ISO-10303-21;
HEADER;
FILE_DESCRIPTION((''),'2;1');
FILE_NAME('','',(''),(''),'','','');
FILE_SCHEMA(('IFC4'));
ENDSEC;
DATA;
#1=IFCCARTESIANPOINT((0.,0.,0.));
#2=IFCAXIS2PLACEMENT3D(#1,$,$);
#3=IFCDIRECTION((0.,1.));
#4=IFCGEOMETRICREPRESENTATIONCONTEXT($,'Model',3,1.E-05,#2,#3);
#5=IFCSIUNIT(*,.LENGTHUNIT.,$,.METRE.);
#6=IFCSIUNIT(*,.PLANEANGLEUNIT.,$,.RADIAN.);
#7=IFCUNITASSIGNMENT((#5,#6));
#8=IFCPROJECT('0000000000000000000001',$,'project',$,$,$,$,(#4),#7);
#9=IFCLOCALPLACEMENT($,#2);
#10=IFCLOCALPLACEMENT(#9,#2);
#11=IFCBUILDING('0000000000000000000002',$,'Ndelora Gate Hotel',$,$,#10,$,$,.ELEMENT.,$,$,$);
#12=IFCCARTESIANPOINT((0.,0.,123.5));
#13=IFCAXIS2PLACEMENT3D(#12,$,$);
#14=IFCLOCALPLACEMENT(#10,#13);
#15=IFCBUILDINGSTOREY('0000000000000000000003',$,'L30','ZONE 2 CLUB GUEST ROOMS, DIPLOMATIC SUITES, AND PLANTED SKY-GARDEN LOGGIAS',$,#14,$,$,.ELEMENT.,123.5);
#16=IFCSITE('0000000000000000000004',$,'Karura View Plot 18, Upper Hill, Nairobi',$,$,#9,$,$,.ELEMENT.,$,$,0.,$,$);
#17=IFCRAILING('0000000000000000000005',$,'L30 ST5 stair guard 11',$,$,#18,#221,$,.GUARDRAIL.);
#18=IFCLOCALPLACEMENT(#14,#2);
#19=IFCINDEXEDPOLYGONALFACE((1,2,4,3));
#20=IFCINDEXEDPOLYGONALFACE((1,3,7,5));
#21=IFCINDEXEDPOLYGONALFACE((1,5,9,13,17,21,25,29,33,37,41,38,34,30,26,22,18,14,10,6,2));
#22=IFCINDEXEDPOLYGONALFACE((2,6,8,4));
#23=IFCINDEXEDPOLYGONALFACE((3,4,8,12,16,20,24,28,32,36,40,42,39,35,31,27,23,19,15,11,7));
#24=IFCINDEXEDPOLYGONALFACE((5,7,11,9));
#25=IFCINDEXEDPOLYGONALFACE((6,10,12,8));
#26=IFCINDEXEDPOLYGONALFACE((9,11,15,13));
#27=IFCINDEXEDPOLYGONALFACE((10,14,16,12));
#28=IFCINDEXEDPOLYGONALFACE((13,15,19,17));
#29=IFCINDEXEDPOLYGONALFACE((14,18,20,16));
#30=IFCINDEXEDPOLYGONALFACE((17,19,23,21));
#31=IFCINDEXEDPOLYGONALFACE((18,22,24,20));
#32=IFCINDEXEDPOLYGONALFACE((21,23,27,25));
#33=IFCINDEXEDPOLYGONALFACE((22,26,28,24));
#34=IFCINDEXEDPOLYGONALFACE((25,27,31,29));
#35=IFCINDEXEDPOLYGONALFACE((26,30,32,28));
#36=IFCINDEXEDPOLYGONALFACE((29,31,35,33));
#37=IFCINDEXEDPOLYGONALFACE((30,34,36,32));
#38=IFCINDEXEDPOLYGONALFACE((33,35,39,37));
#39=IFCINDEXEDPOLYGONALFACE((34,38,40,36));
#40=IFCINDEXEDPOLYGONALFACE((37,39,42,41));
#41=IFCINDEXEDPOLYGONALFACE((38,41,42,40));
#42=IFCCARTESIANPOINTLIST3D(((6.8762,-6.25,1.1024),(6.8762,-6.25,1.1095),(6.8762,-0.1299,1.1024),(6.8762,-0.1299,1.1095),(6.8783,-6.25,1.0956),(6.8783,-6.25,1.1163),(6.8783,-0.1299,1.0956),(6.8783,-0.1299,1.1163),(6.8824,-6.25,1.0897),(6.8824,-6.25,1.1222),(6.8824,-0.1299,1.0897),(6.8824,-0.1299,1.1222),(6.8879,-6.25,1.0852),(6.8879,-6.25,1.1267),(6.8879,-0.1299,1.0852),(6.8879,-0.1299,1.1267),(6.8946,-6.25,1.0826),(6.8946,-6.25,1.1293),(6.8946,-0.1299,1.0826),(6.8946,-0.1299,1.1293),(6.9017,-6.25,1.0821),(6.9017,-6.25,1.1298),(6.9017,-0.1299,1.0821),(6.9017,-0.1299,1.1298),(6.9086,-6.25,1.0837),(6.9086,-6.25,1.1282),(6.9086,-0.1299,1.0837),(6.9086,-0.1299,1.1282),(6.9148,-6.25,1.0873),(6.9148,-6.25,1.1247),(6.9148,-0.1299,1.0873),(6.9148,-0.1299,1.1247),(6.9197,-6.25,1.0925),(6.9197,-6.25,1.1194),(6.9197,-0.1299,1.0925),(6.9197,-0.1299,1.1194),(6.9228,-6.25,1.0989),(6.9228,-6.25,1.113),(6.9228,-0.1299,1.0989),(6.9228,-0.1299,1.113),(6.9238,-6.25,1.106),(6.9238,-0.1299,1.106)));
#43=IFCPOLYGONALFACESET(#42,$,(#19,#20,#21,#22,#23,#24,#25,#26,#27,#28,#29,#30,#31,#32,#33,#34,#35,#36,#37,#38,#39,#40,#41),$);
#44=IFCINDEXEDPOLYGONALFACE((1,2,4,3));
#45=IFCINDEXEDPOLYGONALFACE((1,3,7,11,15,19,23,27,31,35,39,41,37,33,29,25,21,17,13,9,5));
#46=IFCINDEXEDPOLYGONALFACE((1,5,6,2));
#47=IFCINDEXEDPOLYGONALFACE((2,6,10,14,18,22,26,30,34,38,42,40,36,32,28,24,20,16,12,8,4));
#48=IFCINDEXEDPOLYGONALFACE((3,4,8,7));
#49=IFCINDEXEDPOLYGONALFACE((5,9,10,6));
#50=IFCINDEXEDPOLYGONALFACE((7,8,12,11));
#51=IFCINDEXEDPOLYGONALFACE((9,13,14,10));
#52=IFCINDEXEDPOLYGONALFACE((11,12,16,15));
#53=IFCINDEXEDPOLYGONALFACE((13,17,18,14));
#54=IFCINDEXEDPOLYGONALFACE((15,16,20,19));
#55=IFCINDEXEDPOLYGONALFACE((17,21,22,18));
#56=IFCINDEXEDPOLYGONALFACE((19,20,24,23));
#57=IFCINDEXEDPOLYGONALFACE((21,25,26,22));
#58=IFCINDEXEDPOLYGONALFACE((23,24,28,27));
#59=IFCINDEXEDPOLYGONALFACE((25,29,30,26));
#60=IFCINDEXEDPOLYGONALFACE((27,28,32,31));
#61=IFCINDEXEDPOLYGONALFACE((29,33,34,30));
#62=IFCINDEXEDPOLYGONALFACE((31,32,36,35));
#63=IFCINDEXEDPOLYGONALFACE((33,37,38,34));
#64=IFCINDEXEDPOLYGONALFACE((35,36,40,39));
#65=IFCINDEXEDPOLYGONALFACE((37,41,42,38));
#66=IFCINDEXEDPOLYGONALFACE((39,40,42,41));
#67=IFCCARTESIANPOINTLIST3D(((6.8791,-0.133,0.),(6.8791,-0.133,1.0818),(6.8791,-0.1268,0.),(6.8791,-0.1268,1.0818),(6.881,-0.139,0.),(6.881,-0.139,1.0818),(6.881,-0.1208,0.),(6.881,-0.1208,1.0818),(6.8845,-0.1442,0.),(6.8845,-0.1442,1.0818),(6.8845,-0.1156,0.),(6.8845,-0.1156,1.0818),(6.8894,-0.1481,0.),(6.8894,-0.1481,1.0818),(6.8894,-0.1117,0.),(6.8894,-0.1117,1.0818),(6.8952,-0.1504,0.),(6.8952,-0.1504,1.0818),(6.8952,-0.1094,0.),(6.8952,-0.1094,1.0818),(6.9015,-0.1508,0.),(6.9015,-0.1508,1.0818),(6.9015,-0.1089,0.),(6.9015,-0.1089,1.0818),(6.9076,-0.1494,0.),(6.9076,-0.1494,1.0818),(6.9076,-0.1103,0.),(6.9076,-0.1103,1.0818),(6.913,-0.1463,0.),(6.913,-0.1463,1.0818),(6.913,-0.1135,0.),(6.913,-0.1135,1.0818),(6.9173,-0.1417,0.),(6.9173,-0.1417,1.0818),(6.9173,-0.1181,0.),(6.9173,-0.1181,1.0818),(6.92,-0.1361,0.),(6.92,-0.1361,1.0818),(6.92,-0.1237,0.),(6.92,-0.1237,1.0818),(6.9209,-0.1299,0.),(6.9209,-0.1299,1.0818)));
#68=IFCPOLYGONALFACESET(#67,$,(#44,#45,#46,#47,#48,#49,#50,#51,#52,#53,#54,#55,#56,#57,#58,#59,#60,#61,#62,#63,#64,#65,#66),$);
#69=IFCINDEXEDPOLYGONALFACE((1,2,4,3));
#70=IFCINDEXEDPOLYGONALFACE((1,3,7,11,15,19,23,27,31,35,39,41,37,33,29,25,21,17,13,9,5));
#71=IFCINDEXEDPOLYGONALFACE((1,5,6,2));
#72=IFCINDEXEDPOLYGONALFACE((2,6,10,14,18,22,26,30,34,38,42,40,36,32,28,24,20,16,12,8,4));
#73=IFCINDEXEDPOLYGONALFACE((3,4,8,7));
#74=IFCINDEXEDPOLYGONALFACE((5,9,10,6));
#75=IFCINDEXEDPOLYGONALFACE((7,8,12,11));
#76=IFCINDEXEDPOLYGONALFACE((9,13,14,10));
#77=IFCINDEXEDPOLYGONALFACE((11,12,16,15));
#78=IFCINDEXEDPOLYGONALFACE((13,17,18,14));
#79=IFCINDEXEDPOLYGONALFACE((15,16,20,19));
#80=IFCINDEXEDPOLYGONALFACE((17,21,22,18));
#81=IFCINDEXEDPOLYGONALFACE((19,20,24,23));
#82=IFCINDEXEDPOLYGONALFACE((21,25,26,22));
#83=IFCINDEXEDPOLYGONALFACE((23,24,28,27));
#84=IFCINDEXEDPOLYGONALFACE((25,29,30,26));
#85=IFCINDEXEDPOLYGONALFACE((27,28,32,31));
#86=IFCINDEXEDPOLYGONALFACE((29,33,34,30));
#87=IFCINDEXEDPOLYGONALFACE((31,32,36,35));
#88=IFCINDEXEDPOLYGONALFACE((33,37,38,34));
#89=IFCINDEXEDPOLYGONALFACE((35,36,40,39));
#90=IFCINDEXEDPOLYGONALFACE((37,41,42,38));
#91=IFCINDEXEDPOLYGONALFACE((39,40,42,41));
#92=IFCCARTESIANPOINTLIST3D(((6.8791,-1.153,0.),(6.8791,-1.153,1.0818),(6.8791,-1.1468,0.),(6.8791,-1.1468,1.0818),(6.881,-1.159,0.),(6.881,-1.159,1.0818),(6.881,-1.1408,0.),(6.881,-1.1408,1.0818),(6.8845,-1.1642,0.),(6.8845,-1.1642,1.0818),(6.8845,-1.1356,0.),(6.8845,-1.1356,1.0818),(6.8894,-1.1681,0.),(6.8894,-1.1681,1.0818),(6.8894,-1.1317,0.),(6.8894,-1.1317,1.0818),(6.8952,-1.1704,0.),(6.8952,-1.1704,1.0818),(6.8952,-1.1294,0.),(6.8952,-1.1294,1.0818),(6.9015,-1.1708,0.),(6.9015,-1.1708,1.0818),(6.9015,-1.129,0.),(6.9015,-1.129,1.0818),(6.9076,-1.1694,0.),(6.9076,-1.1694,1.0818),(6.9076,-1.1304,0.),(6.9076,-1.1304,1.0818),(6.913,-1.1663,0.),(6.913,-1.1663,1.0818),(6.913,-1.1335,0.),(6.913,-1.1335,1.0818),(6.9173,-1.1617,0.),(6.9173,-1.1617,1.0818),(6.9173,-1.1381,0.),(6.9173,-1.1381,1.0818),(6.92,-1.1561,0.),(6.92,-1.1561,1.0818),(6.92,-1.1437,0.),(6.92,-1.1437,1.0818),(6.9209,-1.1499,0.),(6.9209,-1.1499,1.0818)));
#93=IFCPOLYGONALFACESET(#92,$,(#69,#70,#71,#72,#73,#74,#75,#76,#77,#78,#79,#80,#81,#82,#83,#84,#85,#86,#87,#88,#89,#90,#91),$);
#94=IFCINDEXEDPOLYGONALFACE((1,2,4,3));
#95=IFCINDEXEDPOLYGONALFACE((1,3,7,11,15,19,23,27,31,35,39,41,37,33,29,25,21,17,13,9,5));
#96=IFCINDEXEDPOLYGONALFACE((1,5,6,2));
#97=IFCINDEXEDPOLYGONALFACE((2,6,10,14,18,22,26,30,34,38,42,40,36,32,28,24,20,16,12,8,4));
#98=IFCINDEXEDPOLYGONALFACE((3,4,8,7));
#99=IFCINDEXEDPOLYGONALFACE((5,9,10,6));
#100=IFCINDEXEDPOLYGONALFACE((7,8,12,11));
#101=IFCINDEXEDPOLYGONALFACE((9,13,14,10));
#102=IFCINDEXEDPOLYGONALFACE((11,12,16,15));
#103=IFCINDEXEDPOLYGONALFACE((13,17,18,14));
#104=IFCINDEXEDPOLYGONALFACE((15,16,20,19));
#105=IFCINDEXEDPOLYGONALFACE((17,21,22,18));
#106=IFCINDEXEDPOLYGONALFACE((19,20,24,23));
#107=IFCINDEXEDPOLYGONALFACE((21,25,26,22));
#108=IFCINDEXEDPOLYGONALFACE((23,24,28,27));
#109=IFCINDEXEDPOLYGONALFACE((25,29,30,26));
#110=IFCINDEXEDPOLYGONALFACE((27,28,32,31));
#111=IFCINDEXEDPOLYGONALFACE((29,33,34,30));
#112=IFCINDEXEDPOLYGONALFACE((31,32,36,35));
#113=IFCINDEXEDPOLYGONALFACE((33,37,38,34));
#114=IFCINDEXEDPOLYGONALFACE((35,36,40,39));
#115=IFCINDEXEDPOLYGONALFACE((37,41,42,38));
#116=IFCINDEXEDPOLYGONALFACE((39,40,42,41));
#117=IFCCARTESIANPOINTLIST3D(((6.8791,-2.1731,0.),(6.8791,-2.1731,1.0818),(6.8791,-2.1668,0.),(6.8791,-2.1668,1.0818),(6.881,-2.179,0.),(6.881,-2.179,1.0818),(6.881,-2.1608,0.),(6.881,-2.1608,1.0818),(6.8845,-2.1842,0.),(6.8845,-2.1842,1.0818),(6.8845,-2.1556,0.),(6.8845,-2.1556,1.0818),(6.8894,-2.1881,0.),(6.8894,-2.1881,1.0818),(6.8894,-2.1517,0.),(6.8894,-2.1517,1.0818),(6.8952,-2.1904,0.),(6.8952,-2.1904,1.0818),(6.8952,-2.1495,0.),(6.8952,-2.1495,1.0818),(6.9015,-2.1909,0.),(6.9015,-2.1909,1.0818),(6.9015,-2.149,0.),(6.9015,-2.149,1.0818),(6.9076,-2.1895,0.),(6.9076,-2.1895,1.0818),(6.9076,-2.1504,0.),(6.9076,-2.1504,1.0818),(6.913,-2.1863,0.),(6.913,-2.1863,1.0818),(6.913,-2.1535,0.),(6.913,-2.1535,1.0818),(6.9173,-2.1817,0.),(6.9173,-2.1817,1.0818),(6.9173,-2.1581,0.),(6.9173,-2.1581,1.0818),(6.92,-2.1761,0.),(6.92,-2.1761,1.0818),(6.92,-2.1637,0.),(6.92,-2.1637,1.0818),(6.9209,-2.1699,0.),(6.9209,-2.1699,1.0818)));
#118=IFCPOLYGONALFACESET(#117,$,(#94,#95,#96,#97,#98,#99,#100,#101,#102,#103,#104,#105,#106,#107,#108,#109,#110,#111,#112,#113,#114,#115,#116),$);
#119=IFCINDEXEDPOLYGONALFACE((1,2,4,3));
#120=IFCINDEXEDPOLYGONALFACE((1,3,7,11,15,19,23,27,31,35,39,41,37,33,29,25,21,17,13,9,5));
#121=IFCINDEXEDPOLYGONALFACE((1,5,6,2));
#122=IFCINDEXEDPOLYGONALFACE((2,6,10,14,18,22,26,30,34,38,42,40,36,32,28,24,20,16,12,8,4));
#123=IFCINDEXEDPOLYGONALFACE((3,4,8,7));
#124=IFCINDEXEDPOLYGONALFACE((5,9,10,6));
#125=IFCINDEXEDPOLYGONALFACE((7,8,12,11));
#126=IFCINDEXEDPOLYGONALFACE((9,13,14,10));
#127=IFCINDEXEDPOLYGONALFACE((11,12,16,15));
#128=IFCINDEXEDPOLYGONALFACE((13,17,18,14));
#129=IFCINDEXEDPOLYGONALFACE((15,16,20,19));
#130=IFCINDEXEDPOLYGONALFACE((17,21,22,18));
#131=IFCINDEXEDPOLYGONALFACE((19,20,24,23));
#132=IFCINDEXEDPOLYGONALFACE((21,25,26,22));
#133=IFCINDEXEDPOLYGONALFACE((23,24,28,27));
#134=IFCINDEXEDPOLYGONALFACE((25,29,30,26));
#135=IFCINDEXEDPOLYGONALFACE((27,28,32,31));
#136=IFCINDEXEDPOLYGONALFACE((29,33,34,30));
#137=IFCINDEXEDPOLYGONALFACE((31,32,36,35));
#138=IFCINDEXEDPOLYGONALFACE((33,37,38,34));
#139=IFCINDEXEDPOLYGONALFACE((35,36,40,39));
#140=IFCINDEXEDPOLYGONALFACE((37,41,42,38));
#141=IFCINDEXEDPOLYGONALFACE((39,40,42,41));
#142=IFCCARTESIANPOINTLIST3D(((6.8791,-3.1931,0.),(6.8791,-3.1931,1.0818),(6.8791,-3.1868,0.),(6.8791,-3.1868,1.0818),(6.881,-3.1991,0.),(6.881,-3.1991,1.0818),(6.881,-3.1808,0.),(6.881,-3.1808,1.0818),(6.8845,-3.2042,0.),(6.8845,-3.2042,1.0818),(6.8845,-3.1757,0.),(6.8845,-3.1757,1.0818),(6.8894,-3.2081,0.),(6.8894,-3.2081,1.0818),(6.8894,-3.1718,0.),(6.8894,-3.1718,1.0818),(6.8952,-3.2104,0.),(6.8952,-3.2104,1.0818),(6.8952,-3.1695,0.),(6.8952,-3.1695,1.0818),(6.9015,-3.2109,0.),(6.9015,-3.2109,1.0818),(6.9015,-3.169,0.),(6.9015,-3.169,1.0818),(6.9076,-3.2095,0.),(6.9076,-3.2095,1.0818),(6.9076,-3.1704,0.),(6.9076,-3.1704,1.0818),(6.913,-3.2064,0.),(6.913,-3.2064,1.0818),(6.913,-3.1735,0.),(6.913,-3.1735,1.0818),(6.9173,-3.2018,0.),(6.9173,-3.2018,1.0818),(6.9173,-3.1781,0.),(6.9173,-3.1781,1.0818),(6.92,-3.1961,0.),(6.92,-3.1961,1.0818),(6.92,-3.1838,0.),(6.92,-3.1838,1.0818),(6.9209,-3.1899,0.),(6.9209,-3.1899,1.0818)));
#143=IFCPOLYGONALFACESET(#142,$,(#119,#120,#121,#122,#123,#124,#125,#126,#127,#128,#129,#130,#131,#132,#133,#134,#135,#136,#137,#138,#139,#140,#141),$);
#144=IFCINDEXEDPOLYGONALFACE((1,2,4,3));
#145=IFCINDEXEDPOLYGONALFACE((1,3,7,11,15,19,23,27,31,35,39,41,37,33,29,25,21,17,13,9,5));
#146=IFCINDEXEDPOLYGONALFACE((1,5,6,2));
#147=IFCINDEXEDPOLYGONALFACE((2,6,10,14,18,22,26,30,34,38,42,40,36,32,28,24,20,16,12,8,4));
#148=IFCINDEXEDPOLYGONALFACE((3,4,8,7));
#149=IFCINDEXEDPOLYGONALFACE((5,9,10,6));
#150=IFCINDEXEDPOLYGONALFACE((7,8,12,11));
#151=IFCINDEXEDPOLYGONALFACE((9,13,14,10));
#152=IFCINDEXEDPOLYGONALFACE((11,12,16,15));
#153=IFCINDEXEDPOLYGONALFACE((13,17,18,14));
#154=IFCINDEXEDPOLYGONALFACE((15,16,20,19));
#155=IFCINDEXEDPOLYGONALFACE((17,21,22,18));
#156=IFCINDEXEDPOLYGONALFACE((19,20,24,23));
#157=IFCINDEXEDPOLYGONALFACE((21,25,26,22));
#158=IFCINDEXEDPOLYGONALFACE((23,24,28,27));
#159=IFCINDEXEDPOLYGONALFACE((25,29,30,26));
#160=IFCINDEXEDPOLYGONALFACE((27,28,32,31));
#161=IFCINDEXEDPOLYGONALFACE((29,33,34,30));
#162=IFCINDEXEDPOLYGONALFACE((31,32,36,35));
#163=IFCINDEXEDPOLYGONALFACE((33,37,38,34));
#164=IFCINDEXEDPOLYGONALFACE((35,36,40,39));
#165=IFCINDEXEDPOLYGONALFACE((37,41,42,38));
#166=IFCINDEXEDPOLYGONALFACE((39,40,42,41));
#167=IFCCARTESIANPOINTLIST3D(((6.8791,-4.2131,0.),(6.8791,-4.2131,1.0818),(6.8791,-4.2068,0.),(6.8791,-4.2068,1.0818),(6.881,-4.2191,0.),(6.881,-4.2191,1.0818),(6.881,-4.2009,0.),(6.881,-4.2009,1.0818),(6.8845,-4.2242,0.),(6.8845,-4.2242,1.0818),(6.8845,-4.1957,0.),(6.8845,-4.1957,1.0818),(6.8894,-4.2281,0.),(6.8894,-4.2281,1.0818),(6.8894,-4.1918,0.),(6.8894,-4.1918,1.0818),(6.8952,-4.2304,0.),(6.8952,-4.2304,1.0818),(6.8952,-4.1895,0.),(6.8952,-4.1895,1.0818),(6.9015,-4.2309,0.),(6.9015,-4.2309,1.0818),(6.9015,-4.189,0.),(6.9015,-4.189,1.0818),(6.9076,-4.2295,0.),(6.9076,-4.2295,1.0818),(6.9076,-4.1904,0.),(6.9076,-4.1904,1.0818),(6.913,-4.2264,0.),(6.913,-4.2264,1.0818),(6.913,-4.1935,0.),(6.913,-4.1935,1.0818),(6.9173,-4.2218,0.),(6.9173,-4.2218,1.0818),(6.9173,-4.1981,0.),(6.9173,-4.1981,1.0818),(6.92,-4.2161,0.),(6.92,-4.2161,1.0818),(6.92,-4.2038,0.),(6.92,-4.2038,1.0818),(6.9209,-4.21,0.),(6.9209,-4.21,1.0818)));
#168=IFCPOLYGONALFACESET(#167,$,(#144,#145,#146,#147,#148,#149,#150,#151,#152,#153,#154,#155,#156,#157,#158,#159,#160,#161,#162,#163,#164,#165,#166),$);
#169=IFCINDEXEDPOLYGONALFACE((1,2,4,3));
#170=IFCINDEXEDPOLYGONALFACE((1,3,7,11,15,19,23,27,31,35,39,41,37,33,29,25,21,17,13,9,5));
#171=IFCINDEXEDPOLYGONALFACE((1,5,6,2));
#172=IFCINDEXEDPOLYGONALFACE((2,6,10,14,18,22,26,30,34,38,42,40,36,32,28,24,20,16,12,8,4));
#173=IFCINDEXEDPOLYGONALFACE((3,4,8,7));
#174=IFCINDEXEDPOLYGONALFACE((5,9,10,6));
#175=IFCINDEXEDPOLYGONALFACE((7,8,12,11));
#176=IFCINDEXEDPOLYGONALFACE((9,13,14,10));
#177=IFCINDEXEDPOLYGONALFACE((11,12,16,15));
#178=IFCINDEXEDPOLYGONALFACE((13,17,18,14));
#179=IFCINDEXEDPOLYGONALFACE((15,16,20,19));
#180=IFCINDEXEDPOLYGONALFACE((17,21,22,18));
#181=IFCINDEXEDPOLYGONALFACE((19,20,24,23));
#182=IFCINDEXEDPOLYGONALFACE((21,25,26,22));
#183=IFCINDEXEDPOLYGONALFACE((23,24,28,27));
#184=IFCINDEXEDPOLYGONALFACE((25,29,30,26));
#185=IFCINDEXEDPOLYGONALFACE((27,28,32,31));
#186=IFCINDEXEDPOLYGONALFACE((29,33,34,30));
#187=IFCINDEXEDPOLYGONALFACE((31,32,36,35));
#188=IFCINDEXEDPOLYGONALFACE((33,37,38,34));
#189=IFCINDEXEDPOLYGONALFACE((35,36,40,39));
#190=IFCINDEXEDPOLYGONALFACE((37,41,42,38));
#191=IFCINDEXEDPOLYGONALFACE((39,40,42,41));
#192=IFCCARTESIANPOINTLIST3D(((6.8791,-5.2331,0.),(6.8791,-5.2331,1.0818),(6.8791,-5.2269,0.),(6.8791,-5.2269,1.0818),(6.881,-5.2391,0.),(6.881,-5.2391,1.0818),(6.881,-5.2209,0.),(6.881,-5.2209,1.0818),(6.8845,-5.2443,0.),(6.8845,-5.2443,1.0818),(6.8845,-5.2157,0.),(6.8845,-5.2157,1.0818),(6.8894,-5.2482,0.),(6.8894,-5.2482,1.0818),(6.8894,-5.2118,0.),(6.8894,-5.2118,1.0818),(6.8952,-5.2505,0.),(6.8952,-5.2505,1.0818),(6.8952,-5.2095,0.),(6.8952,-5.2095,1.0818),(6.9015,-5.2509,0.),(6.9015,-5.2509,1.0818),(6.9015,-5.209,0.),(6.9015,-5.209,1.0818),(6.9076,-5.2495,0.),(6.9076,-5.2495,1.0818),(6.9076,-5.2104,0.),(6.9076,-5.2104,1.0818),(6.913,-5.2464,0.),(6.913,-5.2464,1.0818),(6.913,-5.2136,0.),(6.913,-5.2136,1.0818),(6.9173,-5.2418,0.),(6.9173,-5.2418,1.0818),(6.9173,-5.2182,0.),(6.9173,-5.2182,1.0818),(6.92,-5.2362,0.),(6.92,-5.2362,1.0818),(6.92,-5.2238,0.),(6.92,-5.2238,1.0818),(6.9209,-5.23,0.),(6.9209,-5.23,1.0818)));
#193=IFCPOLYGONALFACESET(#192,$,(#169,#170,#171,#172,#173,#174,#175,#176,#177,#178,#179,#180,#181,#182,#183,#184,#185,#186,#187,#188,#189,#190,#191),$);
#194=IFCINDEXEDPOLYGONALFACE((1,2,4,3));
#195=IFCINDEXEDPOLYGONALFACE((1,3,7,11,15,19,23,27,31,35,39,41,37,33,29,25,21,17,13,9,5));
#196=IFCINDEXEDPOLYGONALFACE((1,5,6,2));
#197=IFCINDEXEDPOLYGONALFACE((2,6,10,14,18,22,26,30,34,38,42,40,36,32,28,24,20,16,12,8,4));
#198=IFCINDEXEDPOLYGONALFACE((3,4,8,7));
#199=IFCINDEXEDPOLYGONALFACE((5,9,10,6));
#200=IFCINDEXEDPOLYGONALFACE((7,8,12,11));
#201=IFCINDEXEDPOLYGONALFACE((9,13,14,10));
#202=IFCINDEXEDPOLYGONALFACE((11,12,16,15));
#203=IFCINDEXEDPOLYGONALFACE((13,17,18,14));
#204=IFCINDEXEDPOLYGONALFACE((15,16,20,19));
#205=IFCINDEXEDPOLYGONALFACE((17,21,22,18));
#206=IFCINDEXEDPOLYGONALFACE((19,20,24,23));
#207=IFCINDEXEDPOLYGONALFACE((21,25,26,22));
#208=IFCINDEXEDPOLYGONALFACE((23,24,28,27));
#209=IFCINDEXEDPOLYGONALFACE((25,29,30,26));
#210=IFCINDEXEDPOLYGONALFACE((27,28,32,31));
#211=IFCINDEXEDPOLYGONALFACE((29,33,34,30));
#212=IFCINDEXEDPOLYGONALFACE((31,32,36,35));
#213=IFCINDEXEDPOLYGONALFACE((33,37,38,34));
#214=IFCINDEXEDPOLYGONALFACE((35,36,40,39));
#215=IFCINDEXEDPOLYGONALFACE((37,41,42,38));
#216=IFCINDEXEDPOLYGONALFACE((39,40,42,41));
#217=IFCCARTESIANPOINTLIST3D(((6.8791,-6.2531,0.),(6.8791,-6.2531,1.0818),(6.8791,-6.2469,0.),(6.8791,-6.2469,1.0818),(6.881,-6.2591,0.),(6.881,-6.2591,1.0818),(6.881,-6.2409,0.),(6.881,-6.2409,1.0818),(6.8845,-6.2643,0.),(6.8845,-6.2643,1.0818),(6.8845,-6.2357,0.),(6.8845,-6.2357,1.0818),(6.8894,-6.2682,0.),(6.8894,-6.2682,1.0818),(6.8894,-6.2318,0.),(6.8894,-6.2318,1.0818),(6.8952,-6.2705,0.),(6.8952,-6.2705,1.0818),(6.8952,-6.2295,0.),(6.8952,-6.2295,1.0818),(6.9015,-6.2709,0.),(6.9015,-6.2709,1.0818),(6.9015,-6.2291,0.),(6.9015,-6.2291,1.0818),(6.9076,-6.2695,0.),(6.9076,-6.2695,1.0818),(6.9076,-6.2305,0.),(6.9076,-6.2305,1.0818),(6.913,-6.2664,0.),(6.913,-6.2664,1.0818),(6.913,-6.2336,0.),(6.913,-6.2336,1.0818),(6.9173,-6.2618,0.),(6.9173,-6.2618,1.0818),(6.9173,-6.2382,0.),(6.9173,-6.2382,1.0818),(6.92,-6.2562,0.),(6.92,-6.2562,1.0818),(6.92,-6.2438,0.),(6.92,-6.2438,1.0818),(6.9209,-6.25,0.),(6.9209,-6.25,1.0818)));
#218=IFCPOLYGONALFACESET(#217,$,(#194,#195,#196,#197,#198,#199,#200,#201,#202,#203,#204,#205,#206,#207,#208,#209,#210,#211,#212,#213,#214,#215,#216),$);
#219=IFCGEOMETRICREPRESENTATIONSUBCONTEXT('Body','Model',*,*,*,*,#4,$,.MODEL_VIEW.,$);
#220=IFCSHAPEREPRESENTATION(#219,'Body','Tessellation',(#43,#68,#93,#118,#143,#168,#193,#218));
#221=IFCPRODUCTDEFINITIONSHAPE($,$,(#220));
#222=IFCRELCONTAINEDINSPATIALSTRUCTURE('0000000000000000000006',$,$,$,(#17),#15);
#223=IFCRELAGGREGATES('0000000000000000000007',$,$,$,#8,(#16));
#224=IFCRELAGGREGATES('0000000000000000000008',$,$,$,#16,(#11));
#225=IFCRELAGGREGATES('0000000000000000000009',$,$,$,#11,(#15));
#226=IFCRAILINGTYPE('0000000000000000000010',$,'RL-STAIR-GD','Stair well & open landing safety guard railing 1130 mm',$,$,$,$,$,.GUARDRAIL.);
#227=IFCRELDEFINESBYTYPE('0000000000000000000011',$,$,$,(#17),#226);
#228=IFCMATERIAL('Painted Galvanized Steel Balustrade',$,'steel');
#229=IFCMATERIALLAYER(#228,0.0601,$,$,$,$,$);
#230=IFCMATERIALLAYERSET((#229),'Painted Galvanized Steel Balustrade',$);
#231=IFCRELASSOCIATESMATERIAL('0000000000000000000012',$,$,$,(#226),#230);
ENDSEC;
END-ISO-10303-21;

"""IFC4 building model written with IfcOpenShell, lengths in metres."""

from ifc_helpers import new_model, si_unit, direction, frame, origin, origin_2d, place, context, subcontext, project, spatial, circle, extrude, material, layer, layer_set, type_object, element, save


model = new_model("IFC4")

# Units and contexts
model_context = context("Model", 3, precision=1e-05, world=origin(), true_north=direction((0.0, 1.0)))
body_context = subcontext(model_context, "Body", "Model", "MODEL_VIEW")
ifc_project = project(units=[si_unit("LENGTHUNIT", "METRE"), si_unit("PLANEANGLEUNIT", "RADIAN")], contexts=[model_context])

# Site, building, storey
site_placement = place(None, origin())
site = spatial("IfcSite", under=ifc_project, at=site_placement, Name="Karura View Plot 18, Upper Hill, Nairobi", CompositionType="ELEMENT", RefElevation=0.0)
building_placement = place(site_placement, origin())
building = spatial("IfcBuilding", under=site, at=building_placement, Name="Ndelora Gate Hotel", CompositionType="ELEMENT")
storey_placement = place(building_placement, frame((0.0, 0.0, 123.5)))
storey = spatial("IfcBuildingStorey", under=building, at=storey_placement, Name="L30", Description="ZONE 2 CLUB GUEST ROOMS, DIPLOMATIC SUITES, AND PLANTED SKY-GARDEN LOGGIAS", CompositionType="ELEMENT", Elevation=123.5)

# Railing
ifc_material_1 = material(Name="Painted Galvanized Steel Balustrade", Category="steel")
ifc_layer_1 = layer(ifc_material_1, 0.0601)
ifc_layer_set_1 = layer_set([ifc_layer_1], Name="Painted Galvanized Steel Balustrade")
railing_type_1 = type_object("IfcRailingType", Name="RL-STAIR-GD", Description="Stair well & open landing safety guard railing 1130 mm", PredefinedType="GUARDRAIL", material=ifc_layer_set_1)
railing_1_placement = place(storey_placement, frame((6.8999, -0.1299, 0.0)))
element("IfcRailing", 1, at=railing_1_placement, inside=storey, type_object=railing_type_1, Name="L30 ST5 stair guard 11", PredefinedType="GUARDRAIL", context=body_context, shape_type="SweptSolid", body=[
    extrude(circle(Radius=0.0239, at=origin_2d()), frame((0.0, 0.0, 1.106), z_axis=(0.0, -1.0, 0.0), x_axis=(1.0, 0.0, 0.0)), (0.0, 0.0, 1.0), 6.1201),
    extrude(circle(Radius=0.021, at=origin_2d()), origin(), (0.0, 0.0, 1.0), 1.0818),
    extrude(circle(Radius=0.021, at=origin_2d()), frame((0.0, -1.02, 0.0)), (0.0, 0.0, 1.0), 1.0818),
    extrude(circle(Radius=0.021, at=origin_2d()), frame((0.0, -2.04, 0.0)), (0.0, 0.0, 1.0), 1.0818),
    extrude(circle(Radius=0.021, at=origin_2d()), frame((0.0, -3.0601, 0.0)), (0.0, 0.0, 1.0), 1.0818),
    extrude(circle(Radius=0.021, at=origin_2d()), frame((0.0, -4.0801, 0.0)), (0.0, 0.0, 1.0), 1.0818),
    extrude(circle(Radius=0.021, at=origin_2d()), frame((0.0, -5.1001, 0.0)), (0.0, 0.0, 1.0), 1.0818),
    extrude(circle(Radius=0.021, at=origin_2d()), frame((0.0, -6.1201, 0.0)), (0.0, 0.0, 1.0), 1.0818),
])

save(model, "model.ifc")
